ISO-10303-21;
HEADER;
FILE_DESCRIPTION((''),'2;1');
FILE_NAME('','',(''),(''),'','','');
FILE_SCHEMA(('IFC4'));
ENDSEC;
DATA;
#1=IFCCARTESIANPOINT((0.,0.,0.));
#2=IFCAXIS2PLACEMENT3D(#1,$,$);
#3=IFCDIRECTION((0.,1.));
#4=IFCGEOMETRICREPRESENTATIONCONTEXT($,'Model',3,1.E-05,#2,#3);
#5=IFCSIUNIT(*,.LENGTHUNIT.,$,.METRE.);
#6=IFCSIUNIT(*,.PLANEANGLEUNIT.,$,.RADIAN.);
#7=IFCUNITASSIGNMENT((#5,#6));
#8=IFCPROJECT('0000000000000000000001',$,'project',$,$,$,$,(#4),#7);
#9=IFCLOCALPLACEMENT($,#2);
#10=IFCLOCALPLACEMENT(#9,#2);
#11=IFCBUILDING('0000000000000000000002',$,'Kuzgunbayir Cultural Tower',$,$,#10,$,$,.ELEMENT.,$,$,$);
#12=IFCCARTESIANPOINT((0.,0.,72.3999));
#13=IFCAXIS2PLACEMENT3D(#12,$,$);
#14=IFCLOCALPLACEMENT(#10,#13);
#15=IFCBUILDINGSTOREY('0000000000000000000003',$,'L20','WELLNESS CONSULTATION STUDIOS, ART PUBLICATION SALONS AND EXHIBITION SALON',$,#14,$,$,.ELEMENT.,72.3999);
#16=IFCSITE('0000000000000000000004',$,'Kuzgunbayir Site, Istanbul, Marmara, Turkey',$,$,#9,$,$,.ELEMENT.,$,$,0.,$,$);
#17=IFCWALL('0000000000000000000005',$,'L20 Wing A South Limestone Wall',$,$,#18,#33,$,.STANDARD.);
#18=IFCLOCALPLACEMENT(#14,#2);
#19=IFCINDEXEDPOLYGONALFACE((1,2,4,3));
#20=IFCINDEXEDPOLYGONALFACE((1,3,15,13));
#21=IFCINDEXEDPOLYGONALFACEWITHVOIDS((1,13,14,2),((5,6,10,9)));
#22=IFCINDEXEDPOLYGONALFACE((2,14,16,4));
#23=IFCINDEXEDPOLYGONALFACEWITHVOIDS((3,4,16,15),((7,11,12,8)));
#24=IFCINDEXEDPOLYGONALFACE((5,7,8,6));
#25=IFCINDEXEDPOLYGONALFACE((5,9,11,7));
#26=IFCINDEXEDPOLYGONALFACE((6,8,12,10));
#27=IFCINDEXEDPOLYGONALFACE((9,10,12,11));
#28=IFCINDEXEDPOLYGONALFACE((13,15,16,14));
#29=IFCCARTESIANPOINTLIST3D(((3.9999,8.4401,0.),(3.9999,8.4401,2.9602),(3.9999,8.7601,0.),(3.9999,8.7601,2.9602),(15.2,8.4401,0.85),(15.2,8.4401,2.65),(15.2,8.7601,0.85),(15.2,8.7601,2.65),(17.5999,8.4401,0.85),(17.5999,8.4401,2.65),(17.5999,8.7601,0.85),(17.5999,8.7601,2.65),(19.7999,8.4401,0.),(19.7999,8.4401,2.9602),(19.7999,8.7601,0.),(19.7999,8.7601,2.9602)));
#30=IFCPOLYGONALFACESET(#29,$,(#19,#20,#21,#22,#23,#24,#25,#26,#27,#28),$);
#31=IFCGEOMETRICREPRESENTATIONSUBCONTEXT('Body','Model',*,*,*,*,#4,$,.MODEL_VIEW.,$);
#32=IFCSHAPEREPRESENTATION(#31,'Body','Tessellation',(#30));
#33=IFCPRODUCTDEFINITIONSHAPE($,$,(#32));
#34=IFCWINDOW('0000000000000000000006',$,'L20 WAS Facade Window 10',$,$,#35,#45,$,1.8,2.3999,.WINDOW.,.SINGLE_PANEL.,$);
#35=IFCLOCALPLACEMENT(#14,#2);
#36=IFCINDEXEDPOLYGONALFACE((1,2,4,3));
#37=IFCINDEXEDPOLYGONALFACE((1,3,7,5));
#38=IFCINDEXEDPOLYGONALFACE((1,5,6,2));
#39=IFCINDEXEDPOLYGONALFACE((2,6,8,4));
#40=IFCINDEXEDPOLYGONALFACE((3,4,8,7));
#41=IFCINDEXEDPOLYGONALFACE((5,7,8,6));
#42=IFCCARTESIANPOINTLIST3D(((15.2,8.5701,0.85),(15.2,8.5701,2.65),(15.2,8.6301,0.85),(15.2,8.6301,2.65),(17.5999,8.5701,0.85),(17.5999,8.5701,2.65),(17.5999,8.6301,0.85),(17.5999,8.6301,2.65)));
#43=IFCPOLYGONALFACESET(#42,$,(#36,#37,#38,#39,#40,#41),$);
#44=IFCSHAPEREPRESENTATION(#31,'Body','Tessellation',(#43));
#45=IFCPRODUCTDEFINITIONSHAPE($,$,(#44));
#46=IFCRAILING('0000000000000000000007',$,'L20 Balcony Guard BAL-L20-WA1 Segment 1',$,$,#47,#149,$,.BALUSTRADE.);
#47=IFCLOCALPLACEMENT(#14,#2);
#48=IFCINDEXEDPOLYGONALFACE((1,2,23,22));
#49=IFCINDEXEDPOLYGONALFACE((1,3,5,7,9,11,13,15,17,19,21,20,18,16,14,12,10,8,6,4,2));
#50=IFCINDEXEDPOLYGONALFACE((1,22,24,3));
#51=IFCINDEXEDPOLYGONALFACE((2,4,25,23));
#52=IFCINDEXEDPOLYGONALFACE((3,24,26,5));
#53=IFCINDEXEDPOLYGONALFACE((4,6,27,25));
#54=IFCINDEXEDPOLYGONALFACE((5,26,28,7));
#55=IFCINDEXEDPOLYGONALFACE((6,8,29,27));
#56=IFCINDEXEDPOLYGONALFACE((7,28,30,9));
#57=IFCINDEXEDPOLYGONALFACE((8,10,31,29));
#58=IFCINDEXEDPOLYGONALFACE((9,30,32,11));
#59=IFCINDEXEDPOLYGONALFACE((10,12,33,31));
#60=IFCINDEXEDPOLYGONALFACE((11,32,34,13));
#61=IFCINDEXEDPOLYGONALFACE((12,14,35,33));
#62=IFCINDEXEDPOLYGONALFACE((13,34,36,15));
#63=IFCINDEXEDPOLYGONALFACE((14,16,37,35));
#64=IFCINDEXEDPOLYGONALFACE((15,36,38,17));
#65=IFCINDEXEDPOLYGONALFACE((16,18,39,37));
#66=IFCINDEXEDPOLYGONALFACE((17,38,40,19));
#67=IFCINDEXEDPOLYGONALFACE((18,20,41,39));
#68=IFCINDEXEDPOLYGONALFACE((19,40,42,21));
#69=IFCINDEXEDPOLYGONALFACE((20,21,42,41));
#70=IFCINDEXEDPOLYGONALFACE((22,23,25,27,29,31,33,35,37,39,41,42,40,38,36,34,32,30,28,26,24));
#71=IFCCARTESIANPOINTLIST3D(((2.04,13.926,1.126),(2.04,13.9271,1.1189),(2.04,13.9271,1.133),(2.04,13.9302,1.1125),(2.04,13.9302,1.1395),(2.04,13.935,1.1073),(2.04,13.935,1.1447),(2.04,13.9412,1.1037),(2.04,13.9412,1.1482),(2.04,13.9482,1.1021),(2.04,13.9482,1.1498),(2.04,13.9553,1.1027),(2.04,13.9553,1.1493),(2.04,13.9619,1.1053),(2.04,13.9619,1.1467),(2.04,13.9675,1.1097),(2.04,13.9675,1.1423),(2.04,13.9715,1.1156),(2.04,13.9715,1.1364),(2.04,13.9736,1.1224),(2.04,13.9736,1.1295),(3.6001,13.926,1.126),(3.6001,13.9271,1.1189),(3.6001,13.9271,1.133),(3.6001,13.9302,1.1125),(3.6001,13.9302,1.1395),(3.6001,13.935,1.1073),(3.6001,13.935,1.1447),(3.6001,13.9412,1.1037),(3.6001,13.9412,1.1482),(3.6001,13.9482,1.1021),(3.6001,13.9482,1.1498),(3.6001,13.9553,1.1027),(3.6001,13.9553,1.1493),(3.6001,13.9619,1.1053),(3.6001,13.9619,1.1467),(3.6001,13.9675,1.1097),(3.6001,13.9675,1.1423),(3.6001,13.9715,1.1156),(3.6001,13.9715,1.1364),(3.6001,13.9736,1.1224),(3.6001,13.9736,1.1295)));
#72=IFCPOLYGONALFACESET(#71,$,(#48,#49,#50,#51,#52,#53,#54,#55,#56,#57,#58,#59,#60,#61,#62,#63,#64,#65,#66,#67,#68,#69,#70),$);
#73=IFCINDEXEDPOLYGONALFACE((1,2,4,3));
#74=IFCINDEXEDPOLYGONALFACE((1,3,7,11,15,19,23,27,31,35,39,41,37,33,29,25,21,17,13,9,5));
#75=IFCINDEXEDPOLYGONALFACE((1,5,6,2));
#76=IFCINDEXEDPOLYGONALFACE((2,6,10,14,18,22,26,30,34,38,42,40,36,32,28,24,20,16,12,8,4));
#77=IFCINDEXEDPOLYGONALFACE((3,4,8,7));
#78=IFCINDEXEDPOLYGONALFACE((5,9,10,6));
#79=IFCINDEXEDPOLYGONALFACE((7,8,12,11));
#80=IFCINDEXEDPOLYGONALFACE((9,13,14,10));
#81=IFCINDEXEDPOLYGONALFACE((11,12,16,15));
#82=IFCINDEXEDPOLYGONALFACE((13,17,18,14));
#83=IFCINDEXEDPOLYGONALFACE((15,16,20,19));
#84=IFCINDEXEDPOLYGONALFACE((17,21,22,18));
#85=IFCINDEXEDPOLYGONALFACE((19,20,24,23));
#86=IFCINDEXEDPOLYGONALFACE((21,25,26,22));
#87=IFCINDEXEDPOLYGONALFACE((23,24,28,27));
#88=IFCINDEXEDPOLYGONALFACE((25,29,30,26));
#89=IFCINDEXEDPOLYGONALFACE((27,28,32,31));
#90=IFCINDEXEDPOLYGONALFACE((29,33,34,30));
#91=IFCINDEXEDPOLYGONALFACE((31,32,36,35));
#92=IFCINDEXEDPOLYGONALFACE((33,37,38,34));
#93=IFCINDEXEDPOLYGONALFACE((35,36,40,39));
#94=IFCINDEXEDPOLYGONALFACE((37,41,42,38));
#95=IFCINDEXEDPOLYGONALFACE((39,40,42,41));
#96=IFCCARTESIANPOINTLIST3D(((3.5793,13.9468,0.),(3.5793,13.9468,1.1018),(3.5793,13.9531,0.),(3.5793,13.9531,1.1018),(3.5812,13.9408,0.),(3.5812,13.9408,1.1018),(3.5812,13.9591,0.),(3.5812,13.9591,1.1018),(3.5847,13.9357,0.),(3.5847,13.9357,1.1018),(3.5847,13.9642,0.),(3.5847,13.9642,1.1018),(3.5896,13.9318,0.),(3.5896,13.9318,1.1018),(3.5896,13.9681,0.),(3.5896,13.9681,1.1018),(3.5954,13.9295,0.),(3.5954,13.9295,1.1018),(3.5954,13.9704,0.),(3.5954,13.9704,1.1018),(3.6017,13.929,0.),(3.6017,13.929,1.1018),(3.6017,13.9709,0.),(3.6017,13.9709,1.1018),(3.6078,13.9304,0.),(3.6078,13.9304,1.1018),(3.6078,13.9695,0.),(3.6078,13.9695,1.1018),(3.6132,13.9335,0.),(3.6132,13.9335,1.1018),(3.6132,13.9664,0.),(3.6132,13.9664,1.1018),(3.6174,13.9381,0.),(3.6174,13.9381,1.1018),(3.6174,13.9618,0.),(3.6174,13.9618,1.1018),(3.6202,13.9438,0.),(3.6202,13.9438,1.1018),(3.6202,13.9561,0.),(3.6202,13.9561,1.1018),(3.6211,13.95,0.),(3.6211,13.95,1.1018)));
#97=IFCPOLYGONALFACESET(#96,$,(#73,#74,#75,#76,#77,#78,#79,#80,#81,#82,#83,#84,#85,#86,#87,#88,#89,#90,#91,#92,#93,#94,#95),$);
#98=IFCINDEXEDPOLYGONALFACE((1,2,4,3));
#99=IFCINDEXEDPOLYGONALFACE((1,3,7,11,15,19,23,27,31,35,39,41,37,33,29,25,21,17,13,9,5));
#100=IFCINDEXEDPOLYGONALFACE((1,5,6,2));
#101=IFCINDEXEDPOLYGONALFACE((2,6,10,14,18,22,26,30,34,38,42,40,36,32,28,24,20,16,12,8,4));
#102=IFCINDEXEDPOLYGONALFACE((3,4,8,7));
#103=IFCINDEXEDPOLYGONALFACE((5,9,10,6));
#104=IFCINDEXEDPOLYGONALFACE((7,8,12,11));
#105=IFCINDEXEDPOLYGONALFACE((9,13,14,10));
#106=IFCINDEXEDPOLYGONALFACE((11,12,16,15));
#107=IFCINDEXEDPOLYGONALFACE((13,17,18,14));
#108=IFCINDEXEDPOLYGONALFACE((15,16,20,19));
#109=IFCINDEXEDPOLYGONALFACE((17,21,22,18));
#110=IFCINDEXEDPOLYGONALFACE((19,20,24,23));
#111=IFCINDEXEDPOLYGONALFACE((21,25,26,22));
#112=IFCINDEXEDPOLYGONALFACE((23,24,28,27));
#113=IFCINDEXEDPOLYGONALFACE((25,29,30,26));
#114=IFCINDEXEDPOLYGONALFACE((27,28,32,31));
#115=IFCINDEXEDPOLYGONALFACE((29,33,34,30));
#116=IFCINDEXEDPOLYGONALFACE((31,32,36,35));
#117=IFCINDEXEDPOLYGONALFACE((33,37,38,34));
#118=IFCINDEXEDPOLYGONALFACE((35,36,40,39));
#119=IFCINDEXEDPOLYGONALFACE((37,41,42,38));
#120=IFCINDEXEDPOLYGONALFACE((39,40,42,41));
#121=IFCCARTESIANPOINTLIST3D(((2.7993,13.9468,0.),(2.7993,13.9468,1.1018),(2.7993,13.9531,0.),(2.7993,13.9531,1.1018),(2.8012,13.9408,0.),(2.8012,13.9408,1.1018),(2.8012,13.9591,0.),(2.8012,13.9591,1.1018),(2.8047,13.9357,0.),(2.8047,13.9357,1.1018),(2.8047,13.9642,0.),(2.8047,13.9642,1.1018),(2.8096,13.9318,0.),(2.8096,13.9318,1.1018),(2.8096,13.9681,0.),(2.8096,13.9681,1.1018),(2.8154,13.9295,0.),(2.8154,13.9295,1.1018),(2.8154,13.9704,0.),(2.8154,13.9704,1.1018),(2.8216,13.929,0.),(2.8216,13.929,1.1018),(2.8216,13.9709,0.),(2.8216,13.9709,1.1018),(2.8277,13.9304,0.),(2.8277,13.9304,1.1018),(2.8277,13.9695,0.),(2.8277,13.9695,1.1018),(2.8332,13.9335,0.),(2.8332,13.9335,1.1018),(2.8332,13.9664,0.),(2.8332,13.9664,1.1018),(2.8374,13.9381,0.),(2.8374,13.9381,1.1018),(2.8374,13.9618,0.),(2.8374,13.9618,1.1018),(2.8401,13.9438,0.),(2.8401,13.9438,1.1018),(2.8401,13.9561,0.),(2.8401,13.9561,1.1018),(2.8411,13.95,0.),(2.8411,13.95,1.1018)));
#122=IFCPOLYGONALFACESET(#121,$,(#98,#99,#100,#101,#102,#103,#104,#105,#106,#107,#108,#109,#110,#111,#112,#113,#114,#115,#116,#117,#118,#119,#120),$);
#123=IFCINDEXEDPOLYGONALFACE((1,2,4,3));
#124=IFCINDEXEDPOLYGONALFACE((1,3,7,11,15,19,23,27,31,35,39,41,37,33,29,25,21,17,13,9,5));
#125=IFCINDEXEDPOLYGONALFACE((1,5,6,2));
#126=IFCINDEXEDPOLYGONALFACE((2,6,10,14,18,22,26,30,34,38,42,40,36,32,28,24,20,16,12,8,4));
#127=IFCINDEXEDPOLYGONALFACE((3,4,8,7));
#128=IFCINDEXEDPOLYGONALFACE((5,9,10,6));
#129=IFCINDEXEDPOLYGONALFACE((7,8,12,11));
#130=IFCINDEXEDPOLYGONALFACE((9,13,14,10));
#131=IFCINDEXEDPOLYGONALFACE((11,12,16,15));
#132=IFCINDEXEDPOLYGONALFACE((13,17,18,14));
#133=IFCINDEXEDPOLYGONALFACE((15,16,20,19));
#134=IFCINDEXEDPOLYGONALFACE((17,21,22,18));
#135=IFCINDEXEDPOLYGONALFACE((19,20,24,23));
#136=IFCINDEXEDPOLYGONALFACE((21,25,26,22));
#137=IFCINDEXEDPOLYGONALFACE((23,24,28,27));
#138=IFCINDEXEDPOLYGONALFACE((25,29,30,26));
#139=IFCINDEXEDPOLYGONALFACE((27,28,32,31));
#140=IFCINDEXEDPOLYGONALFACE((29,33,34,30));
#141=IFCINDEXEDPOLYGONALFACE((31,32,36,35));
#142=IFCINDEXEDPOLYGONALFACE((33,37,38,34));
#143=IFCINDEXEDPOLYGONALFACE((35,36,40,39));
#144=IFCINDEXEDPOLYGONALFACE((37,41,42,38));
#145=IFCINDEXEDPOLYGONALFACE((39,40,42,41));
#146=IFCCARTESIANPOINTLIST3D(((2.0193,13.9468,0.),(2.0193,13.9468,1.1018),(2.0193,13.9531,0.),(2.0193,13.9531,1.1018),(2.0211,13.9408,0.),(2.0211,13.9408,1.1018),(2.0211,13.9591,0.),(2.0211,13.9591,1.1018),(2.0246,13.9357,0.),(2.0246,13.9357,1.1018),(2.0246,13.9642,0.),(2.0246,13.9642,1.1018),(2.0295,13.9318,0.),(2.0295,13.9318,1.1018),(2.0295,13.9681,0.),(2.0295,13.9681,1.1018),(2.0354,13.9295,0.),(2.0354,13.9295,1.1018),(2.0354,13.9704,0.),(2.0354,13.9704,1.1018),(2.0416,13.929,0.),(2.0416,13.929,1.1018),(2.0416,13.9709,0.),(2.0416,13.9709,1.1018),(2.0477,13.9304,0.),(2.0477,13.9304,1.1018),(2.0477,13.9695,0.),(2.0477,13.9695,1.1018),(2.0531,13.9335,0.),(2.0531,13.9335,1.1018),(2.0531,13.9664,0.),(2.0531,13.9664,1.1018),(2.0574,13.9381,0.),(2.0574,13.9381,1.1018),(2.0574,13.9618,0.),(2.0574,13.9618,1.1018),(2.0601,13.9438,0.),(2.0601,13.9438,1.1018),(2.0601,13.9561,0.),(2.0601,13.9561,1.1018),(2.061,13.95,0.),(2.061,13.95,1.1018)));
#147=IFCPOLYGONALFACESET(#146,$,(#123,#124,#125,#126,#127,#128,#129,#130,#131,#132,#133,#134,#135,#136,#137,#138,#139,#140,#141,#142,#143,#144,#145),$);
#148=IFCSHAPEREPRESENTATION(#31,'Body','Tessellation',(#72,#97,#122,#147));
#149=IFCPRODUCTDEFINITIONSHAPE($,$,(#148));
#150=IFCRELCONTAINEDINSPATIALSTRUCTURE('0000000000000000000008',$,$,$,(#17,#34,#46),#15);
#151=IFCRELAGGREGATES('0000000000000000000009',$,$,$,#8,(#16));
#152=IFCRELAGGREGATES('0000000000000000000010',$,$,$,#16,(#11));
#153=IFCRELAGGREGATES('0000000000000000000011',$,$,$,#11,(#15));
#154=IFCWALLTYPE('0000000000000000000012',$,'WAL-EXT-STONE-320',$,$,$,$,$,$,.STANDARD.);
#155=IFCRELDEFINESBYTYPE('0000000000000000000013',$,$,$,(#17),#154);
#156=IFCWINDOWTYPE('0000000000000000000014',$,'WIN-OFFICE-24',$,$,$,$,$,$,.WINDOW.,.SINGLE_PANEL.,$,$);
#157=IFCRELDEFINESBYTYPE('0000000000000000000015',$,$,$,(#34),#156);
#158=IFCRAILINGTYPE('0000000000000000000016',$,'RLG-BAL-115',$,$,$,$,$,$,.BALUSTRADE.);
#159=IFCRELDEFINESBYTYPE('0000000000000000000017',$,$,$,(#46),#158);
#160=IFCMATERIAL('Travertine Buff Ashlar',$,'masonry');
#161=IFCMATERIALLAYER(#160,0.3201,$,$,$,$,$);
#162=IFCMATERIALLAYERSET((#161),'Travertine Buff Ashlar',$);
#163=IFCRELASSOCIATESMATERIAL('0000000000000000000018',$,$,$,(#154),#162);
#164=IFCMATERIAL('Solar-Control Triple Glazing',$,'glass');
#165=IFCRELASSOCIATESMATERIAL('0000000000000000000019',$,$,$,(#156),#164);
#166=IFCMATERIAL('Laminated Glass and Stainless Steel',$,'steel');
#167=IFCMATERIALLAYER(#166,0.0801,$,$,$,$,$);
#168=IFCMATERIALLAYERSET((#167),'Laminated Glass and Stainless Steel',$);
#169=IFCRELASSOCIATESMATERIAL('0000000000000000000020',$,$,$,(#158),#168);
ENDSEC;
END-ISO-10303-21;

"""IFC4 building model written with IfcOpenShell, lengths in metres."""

from ifc_helpers import new_model, si_unit, direction, frame, frame_2d, origin, origin_2d, place, context, subcontext, project, spatial, rectangle, circle, extrude, material, layer, layer_set, type_object, element, fill, save


model = new_model("IFC4")

# Units and contexts
model_context = context("Model", 3, precision=1e-05, world=origin(), true_north=direction((0.0, 1.0)))
body_context = subcontext(model_context, "Body", "Model", "MODEL_VIEW")
ifc_project = project(units=[si_unit("LENGTHUNIT", "METRE"), si_unit("PLANEANGLEUNIT", "RADIAN")], contexts=[model_context])

# Site, building, storey
site_placement = place(None, origin())
site = spatial("IfcSite", under=ifc_project, at=site_placement, Name="Kuzgunbayir Site, Istanbul, Marmara, Turkey", CompositionType="ELEMENT", RefElevation=0.0)
building_placement = place(site_placement, origin())
building = spatial("IfcBuilding", under=site, at=building_placement, Name="Kuzgunbayir Cultural Tower", CompositionType="ELEMENT")
storey_placement = place(building_placement, frame((0.0, 0.0, 72.3999)))
storey = spatial("IfcBuildingStorey", under=building, at=storey_placement, Name="L20", Description="WELLNESS CONSULTATION STUDIOS, ART PUBLICATION SALONS AND EXHIBITION SALON", CompositionType="ELEMENT", Elevation=72.3999)

# Wall, opening, window
ifc_material_1 = material(Name="Travertine Buff Ashlar", Category="masonry")
ifc_layer_1 = layer(ifc_material_1, 0.3201)
ifc_layer_set_1 = layer_set([ifc_layer_1], Name="Travertine Buff Ashlar")
wall_type_1 = type_object("IfcWallType", Name="WAL-EXT-STONE-320", PredefinedType="STANDARD", material=ifc_layer_set_1)
wall_1_placement = place(storey_placement, frame((4.0, 8.6001, 0.0), z_axis=(0.0, 0.0, 1.0), x_axis=(1.0, 0.0, 0.0)))
wall_1 = element("IfcWall", 1, at=wall_1_placement, inside=storey, type_object=wall_type_1, Name="L20 Wing A South Limestone Wall", PredefinedType="STANDARD", context=body_context, shape_type="SweptSolid", body=[
    extrude(rectangle(XDim=15.8, YDim=0.3201, at=frame_2d((7.8999, 0.0))), origin(), (0.0, 0.0, 1.0), 2.9602),
])
opening_1_placement = place(wall_1_placement, frame((11.2, 0.0, 0.8501)))
opening_1 = element("IfcOpeningElement", 2, at=opening_1_placement, cuts=wall_1, PredefinedType="OPENING", context=body_context, shape_type="SweptSolid", body=[
    extrude(rectangle(XDim=2.3999, YDim=1.8, at=frame_2d((1.2, 0.8999))), frame((0.0, 0.1699, 0.0), z_axis=(0.0, -1.0, 0.0), x_axis=(1.0, 0.0, 0.0)), (0.0, 0.0, 1.0), 0.3401),
])
ifc_material_2 = material(Name="Solar-Control Triple Glazing", Category="glass")
window_type = type_object("IfcWindowType", Name="WIN-OFFICE-24", PartitioningType="SINGLE_PANEL", PredefinedType="WINDOW", material=ifc_material_2)
window_placement = place(opening_1_placement, origin())
window = element("IfcWindow", 3, at=window_placement, inside=storey, type_object=window_type, Name="L20 WAS Facade Window 10", OverallHeight=1.8, OverallWidth=2.3999, PartitioningType="SINGLE_PANEL", PredefinedType="WINDOW", context=body_context, shape_type="SweptSolid", body=[
    extrude(rectangle(XDim=2.3999, YDim=1.8, at=frame_2d((1.2, 0.8999))), frame((0.0, 0.03, 0.0), z_axis=(0.0, -1.0, 0.0), x_axis=(1.0, 0.0, 0.0)), (0.0, 0.0, 1.0), 0.0601),
])
fill(opening_1, window)

# Railing
ifc_material_3 = material(Name="Laminated Glass and Stainless Steel", Category="steel")
ifc_layer_2 = layer(ifc_material_3, 0.0801)
ifc_layer_set_2 = layer_set([ifc_layer_2], Name="Laminated Glass and Stainless Steel")
railing_type = type_object("IfcRailingType", Name="RLG-BAL-115", PredefinedType="BALUSTRADE", material=ifc_layer_set_2)
railing_1_placement = place(storey_placement, frame((3.6001, 13.95, 0.0)))
element("IfcRailing", 4, at=railing_1_placement, inside=storey, type_object=railing_type, Name="L20 Balcony Guard BAL-L20-WA1 Segment 1", PredefinedType="BALUSTRADE", context=body_context, shape_type="SweptSolid", body=[
    extrude(circle(Radius=0.0239, at=origin_2d()), frame((0.0, 0.0, 1.126), z_axis=(-1.0, 0.0, 0.0), x_axis=(0.0, -1.0, 0.0)), (0.0, 0.0, 1.0), 1.5601),
    extrude(circle(Radius=0.021, at=origin_2d()), origin(), (0.0, 0.0, 1.0), 1.1018),
    extrude(circle(Radius=0.021, at=origin_2d()), frame((-0.78, 0.0, 0.0)), (0.0, 0.0, 1.0), 1.1018),
    extrude(circle(Radius=0.021, at=origin_2d()), frame((-1.5601, 0.0, 0.0)), (0.0, 0.0, 1.0), 1.1018),
])

save(model, "model.ifc")
